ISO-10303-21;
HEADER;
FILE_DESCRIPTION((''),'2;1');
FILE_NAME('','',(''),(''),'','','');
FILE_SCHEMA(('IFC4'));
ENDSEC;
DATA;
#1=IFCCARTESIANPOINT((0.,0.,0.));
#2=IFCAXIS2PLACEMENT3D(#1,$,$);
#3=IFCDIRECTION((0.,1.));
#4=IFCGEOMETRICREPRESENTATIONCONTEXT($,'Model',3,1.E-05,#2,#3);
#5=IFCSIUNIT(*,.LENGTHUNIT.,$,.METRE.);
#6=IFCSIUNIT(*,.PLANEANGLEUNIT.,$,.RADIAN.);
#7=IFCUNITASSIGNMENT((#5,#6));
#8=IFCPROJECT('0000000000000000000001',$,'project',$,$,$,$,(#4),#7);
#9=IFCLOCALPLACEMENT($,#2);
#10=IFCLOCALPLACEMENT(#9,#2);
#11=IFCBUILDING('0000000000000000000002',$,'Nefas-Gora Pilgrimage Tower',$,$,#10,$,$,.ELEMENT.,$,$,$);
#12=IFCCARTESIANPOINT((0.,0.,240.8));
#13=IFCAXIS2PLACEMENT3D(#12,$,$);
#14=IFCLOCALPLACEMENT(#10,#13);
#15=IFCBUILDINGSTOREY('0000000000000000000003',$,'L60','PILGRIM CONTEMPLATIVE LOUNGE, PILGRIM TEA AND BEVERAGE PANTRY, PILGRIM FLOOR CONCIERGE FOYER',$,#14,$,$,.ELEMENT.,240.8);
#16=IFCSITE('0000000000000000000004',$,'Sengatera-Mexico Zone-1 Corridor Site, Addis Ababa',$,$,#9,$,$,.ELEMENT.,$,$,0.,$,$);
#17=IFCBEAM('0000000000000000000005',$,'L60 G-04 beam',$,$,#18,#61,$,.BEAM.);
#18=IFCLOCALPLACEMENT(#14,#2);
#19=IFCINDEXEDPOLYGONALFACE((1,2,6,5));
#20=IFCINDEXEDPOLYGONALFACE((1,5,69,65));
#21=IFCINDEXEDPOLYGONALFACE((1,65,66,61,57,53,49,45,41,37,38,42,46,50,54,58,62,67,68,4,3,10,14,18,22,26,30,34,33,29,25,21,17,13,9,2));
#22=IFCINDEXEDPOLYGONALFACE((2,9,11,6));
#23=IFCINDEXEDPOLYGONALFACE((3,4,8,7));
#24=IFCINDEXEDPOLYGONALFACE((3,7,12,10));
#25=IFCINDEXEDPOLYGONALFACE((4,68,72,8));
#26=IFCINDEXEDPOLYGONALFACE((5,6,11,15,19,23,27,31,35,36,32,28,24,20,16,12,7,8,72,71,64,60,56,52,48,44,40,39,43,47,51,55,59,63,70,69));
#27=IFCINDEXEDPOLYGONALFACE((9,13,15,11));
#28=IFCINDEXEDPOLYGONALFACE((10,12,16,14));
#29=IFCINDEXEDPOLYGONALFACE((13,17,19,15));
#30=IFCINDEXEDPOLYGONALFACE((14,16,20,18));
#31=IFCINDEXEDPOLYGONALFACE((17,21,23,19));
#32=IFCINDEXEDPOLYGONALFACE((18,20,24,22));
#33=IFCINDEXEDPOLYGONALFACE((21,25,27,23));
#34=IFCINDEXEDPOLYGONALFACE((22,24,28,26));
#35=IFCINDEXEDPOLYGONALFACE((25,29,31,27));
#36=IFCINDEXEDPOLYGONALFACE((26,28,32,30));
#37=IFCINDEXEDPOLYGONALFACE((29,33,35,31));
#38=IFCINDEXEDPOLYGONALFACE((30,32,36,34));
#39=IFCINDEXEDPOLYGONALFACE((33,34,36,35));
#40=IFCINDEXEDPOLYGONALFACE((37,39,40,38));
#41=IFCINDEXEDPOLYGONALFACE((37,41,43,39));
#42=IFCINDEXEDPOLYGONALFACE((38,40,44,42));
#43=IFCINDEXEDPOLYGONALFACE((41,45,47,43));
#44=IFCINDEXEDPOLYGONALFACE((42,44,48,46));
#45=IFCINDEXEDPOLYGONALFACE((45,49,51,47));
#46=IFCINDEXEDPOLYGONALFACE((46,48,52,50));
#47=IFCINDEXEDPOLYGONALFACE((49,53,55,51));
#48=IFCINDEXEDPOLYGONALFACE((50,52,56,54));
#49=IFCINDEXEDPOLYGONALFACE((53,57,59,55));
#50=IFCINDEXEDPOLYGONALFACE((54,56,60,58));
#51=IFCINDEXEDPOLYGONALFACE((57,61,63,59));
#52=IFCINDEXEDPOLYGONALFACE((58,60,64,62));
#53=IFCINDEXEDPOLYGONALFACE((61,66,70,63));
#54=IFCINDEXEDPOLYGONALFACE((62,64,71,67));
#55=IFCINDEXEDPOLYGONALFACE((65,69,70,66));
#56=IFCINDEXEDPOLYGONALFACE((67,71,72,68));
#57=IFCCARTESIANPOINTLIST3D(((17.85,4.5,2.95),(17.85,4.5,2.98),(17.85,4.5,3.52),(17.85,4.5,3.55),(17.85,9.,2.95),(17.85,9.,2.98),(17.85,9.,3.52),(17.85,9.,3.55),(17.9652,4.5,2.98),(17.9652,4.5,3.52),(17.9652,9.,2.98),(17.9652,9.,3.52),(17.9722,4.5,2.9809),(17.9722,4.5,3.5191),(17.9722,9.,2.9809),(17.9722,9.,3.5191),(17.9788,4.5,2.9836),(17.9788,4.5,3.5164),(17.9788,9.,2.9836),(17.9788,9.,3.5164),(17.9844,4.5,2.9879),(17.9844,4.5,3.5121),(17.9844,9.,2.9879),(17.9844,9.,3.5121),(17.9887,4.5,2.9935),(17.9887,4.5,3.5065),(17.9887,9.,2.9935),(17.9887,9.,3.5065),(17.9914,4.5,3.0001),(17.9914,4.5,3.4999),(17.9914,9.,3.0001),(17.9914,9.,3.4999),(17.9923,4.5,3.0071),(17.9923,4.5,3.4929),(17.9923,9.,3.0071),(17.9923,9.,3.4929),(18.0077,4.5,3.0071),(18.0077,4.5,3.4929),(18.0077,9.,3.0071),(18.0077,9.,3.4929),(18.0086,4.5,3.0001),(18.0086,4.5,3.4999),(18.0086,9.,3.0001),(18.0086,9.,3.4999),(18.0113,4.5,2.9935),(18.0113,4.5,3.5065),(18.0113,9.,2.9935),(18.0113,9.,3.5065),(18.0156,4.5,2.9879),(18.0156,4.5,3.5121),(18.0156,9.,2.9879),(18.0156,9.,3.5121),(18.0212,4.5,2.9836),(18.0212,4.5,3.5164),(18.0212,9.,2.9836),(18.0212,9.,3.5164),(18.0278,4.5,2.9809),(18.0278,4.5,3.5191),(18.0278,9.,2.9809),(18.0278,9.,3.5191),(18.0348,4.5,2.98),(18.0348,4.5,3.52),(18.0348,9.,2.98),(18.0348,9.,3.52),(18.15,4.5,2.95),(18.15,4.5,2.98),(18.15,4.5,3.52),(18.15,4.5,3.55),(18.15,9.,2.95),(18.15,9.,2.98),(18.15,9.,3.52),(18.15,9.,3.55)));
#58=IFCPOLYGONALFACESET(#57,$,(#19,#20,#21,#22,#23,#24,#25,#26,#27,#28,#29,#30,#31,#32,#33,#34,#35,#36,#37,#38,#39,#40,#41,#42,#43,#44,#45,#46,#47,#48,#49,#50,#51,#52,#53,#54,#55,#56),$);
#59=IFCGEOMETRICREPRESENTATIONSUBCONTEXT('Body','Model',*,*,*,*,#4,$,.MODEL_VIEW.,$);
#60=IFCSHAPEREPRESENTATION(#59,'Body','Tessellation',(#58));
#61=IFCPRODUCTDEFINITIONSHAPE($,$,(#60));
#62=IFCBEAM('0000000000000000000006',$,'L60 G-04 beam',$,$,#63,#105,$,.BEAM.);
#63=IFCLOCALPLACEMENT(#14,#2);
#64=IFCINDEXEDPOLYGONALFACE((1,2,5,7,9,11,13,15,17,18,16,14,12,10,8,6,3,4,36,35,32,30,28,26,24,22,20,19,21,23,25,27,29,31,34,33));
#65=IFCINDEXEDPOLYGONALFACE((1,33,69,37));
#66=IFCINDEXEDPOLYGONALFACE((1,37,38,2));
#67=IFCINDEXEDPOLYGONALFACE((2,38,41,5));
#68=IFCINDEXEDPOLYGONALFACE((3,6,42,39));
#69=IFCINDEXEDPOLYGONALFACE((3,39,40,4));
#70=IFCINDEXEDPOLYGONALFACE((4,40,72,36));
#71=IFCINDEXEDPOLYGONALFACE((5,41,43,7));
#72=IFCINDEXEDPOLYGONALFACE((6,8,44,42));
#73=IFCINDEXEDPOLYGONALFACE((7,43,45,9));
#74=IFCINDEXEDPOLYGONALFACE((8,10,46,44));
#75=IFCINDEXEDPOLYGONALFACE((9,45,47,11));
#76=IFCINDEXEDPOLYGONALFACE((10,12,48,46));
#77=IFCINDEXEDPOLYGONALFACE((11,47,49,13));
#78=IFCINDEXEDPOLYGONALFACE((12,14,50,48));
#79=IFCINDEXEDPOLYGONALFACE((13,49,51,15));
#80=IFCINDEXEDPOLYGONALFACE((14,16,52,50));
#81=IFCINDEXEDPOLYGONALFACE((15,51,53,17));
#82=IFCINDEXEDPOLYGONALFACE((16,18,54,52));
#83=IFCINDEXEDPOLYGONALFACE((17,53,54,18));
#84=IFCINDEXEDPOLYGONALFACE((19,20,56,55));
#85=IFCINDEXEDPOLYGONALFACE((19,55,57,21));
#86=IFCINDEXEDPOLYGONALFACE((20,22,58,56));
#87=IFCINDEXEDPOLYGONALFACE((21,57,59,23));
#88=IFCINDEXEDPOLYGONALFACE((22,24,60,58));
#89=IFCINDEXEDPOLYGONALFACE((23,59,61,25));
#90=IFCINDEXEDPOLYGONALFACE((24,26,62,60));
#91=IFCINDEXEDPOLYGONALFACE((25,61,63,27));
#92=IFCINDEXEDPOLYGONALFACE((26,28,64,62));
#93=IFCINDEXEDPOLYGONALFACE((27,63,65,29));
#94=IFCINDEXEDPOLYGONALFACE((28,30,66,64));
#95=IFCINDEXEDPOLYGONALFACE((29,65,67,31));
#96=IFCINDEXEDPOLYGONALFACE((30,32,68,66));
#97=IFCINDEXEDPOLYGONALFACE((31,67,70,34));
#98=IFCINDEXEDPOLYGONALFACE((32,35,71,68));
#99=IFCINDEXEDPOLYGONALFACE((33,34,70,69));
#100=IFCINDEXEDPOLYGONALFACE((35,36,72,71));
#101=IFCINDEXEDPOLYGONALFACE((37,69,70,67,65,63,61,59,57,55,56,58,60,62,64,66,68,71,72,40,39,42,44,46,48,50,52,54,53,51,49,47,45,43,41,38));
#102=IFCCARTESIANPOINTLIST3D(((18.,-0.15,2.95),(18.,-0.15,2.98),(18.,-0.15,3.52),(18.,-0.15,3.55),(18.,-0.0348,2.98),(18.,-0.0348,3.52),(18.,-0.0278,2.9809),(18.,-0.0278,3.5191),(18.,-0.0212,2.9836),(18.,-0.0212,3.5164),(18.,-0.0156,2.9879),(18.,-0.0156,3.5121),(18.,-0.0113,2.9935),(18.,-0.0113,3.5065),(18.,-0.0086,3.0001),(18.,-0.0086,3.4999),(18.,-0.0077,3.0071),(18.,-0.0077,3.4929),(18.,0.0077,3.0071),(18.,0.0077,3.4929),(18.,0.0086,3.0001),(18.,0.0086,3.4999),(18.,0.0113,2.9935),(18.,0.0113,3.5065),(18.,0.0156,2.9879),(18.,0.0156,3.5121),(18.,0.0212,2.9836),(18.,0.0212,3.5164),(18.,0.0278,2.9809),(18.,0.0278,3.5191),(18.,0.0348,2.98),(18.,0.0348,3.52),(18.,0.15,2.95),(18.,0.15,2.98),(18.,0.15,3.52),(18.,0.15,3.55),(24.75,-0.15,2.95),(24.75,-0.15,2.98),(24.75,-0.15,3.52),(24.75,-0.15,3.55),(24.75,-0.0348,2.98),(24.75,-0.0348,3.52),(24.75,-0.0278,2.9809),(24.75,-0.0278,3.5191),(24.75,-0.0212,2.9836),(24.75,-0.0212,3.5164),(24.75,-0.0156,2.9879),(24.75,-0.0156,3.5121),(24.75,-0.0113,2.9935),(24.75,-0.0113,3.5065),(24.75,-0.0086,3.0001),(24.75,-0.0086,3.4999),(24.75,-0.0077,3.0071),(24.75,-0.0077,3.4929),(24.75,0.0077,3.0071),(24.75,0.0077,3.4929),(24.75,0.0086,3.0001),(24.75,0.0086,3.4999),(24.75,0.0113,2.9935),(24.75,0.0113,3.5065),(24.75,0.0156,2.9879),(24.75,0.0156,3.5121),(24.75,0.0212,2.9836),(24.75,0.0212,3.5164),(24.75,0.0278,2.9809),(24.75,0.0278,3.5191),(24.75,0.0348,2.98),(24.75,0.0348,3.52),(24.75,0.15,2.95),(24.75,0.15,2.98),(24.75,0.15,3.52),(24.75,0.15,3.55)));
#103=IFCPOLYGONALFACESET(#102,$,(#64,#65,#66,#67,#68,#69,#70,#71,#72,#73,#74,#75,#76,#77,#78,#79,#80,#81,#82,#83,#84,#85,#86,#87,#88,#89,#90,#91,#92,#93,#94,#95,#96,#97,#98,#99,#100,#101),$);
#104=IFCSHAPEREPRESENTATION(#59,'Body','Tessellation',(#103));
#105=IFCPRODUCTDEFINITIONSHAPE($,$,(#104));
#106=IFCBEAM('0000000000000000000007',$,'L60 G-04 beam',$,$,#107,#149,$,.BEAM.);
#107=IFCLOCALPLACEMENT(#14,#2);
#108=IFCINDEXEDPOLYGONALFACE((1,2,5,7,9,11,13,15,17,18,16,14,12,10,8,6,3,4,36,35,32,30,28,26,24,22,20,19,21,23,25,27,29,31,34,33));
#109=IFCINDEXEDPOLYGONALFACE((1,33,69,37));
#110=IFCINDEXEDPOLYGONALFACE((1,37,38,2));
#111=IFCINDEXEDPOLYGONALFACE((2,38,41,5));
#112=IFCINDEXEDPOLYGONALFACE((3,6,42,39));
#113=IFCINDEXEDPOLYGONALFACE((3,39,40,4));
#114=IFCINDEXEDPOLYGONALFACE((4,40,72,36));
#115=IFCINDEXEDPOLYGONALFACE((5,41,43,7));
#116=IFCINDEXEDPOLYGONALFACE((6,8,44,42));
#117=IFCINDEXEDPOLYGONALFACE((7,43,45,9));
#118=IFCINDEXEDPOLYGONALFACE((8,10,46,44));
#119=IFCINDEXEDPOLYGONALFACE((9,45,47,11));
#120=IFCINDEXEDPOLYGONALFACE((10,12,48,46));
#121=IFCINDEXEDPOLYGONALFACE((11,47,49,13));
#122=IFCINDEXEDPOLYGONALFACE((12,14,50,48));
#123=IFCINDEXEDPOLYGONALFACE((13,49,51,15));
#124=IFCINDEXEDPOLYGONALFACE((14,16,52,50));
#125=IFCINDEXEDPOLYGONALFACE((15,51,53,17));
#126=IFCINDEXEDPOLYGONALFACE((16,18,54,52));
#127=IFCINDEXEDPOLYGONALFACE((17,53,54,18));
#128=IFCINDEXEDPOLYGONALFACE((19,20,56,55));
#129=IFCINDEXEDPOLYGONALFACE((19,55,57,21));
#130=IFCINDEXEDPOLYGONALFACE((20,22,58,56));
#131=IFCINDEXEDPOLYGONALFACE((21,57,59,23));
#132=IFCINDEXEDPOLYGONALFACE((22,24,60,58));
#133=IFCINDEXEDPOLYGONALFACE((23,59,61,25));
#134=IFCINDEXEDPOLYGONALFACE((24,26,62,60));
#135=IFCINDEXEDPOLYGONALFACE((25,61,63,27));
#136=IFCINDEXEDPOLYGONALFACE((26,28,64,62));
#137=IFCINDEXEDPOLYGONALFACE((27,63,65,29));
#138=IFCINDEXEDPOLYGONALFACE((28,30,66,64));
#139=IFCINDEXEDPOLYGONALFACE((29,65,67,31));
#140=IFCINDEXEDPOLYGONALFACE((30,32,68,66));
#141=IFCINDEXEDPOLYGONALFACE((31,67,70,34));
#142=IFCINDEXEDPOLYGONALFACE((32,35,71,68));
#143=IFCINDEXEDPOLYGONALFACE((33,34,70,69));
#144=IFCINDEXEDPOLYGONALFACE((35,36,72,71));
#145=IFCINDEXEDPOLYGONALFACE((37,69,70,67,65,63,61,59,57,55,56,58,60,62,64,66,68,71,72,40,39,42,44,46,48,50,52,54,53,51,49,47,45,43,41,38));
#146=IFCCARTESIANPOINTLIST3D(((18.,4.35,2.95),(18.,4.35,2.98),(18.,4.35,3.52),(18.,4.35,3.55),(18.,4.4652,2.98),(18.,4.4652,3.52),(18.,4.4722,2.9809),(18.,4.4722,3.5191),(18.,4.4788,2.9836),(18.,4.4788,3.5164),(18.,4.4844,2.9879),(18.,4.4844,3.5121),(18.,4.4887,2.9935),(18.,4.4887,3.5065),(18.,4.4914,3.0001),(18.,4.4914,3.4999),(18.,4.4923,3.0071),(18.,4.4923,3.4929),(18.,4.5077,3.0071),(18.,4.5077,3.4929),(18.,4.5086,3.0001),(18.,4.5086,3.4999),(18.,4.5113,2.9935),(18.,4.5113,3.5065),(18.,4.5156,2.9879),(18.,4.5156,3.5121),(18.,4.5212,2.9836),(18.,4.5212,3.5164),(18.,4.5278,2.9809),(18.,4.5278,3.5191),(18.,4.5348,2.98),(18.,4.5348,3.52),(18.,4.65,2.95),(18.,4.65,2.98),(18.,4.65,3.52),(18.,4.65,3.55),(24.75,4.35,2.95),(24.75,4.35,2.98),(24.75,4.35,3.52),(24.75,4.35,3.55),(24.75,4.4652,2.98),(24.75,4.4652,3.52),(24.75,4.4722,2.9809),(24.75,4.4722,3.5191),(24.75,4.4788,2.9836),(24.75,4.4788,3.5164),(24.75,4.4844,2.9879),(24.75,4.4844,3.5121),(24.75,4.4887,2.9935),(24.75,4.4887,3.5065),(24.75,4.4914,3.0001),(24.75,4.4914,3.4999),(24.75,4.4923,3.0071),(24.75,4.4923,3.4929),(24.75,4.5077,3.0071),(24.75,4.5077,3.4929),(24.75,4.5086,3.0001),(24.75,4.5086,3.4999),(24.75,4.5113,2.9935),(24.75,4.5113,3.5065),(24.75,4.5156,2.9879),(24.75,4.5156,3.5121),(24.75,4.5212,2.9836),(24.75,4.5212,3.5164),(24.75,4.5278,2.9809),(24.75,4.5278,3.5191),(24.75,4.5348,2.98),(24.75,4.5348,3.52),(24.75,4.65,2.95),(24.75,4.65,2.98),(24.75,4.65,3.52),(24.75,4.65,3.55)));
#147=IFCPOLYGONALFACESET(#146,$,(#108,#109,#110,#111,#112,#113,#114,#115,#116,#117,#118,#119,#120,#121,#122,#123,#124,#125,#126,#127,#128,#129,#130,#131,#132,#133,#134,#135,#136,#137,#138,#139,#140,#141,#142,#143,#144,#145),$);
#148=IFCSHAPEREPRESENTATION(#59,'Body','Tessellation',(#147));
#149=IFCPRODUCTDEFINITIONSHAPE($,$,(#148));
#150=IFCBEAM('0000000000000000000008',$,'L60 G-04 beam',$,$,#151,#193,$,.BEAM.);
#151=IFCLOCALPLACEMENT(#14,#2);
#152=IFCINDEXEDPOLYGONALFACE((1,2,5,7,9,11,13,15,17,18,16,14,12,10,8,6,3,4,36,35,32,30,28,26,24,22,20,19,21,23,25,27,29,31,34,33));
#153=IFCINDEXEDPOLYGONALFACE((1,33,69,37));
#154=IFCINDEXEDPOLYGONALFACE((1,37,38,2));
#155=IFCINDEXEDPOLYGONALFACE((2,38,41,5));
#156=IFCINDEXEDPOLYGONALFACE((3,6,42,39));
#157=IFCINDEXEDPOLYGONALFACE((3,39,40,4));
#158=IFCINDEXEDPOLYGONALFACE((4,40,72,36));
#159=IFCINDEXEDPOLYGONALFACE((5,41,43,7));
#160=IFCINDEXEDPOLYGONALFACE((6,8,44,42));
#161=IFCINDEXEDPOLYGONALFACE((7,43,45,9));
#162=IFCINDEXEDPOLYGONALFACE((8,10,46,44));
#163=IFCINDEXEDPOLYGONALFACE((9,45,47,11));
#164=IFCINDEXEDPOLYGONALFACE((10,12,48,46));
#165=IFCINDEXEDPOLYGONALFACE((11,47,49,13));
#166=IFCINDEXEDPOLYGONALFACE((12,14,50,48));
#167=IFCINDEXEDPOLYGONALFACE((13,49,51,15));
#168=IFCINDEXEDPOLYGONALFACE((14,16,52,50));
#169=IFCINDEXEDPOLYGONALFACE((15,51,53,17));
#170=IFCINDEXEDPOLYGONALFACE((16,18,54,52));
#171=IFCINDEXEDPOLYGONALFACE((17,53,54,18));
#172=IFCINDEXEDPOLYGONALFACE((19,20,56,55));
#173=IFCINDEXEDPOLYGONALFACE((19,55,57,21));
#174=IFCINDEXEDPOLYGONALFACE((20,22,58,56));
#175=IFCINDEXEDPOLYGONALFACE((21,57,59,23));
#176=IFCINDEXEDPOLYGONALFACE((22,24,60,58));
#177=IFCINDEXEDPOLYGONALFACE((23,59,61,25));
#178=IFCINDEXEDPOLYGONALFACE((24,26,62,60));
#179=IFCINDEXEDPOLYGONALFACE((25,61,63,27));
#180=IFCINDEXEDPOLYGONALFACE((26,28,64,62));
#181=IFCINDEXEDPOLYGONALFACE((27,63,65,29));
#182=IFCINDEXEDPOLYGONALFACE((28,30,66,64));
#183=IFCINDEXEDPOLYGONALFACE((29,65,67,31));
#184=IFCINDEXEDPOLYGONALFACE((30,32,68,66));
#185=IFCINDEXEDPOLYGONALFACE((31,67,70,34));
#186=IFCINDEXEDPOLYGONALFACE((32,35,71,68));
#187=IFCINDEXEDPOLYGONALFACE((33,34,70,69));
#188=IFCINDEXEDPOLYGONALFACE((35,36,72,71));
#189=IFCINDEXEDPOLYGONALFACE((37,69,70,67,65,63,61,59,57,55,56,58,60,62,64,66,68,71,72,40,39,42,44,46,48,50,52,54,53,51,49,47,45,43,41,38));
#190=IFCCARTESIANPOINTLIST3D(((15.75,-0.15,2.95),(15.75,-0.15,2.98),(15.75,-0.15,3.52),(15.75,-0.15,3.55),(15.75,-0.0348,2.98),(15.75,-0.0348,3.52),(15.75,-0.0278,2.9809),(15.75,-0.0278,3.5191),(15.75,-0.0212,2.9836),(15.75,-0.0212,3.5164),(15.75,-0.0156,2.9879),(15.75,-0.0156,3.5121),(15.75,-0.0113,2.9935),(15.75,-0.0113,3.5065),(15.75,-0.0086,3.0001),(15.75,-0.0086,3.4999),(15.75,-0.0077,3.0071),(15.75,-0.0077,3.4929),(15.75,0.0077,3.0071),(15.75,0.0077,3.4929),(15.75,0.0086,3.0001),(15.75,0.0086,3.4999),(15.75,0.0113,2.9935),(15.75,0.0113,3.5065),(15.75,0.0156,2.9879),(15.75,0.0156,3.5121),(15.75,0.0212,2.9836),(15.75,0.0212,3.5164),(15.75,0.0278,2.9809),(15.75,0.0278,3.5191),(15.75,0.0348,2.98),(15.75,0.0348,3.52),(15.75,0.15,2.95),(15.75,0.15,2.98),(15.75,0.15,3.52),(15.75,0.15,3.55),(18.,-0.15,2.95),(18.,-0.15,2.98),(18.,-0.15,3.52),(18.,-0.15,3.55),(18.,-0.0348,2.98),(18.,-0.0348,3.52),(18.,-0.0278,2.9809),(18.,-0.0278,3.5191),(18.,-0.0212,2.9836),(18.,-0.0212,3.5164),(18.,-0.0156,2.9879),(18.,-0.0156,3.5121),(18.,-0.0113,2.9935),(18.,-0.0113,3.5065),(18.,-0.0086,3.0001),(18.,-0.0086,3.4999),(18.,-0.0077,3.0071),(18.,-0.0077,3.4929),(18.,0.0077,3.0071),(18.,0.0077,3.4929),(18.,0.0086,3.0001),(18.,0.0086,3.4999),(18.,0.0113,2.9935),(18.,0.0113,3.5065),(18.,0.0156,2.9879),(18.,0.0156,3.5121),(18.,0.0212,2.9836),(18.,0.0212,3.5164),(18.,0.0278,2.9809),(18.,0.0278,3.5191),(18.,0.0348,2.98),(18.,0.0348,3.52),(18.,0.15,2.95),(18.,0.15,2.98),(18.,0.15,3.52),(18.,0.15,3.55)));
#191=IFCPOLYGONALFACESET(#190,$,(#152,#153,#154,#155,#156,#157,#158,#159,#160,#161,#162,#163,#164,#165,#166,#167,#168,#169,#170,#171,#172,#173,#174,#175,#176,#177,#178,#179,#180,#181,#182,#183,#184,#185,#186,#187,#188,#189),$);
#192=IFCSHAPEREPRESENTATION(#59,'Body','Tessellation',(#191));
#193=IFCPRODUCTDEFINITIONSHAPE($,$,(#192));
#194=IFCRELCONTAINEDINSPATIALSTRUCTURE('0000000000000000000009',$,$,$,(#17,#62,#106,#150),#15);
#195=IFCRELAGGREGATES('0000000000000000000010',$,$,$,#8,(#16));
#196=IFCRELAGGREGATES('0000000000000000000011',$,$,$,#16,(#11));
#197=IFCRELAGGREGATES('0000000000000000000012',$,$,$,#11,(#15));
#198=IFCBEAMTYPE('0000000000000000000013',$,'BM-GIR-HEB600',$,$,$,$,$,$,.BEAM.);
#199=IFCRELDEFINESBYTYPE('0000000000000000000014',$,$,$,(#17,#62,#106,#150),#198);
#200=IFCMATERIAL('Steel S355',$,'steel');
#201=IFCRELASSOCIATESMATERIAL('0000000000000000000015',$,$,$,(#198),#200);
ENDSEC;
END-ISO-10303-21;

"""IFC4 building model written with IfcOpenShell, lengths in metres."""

from ifc_helpers import new_model, si_unit, direction, frame, origin, origin_2d, place, context, subcontext, project, spatial, i_section, extrude, source, transform, mapped, material, material_profile, profile_set, type_object, element, save


model = new_model("IFC4")

# Units and contexts
model_context = context("Model", 3, precision=1e-05, world=origin(), true_north=direction((0.0, 1.0)))
body_context = subcontext(model_context, "Body", "Model", "MODEL_VIEW")
ifc_project = project(units=[si_unit("LENGTHUNIT", "METRE"), si_unit("PLANEANGLEUNIT", "RADIAN")], contexts=[model_context])

# Site, building, storey
site_placement = place(None, origin())
site = spatial("IfcSite", under=ifc_project, at=site_placement, Name="Sengatera-Mexico Zone-1 Corridor Site, Addis Ababa", CompositionType="ELEMENT", RefElevation=0.0)
building_placement = place(site_placement, origin())
building = spatial("IfcBuilding", under=site, at=building_placement, Name="Nefas-Gora Pilgrimage Tower", CompositionType="ELEMENT")
storey_placement = place(building_placement, frame((0.0, 0.0, 240.8)))
storey = spatial("IfcBuildingStorey", under=building, at=storey_placement, Name="L60", Description="PILGRIM CONTEMPLATIVE LOUNGE, PILGRIM TEA AND BEVERAGE PANTRY, PILGRIM FLOOR CONCIERGE FOYER", CompositionType="ELEMENT", Elevation=240.8)

# Beams
ifc_material_1 = material(Name="Steel S355", Category="steel")
ifc_material_profile_1 = material_profile(ifc_material_1, i_section(OverallWidth=0.3, OverallDepth=0.6001, WebThickness=0.0154, FlangeThickness=0.03, FilletRadius=0.0271, at=origin_2d()), Name="HEB 600")
ifc_profile_set_1 = profile_set([ifc_material_profile_1], Name="Steel S355")
beam_type_1 = type_object("IfcBeamType", Name="BM-GIR-HEB600", PredefinedType="BEAM", material=ifc_profile_set_1)
shared_shape_1 = source(origin(), body_context, "Body", "SweptSolid", [
    extrude(i_section(OverallWidth=0.3, OverallDepth=0.6001, WebThickness=0.0154, FlangeThickness=0.03, FilletRadius=0.0271, at=origin_2d()), origin(), (0.0, 0.0, 1.0), 4.5),
])
for number, where, z_axis, x_axis, name in (
    (1, (18.0, 4.5, 3.25), (0.0, 1.0, 0.0), (-1.0, 0.0, 0.0), "L60 G-04 beam"),
):
    element("IfcBeam", number, at=place(storey_placement, frame(where, z_axis=z_axis, x_axis=x_axis)), inside=storey, type_object=beam_type_1, Name=name, PredefinedType="BEAM", context=body_context, shape_type="MappedRepresentation", body=[
        mapped(shared_shape_1, transform((0.0, 0.0, 0.0), x_axis=(1.0, 0.0, 0.0), y_axis=(0.0, 1.0, 0.0), z_axis=(0.0, 0.0, 1.0), scale=1.0)),
    ])
shared_shape_2 = source(origin(), body_context, "Body", "SweptSolid", [
    extrude(i_section(OverallWidth=0.3, OverallDepth=0.6001, WebThickness=0.0154, FlangeThickness=0.03, FilletRadius=0.0271, at=origin_2d()), origin(), (0.0, 0.0, 1.0), 6.75),
])
for number, where, z_axis, x_axis, name in (
    (2, (18.0, 0.0, 3.25), (1.0, 0.0, 0.0), (0.0, 1.0, 0.0), "L60 G-04 beam"),
    (3, (18.0, 4.5, 3.25), (1.0, 0.0, 0.0), (0.0, 1.0, 0.0), "L60 G-04 beam"),
):
    element("IfcBeam", number, at=place(storey_placement, frame(where, z_axis=z_axis, x_axis=x_axis)), inside=storey, type_object=beam_type_1, Name=name, PredefinedType="BEAM", context=body_context, shape_type="MappedRepresentation", body=[
        mapped(shared_shape_2, transform((0.0, 0.0, 0.0), x_axis=(1.0, 0.0, 0.0), y_axis=(0.0, 1.0, 0.0), z_axis=(0.0, 0.0, 1.0), scale=1.0)),
    ])
shared_shape_3 = source(origin(), body_context, "Body", "SweptSolid", [
    extrude(i_section(OverallWidth=0.3, OverallDepth=0.6001, WebThickness=0.0154, FlangeThickness=0.03, FilletRadius=0.0271, at=origin_2d()), origin(), (0.0, 0.0, 1.0), 2.25),
])
for number, where, z_axis, x_axis, name in (
    (4, (15.75, 0.0, 3.25), (1.0, 0.0, 0.0), (0.0, 1.0, 0.0), "L60 G-04 beam"),
):
    element("IfcBeam", number, at=place(storey_placement, frame(where, z_axis=z_axis, x_axis=x_axis)), inside=storey, type_object=beam_type_1, Name=name, PredefinedType="BEAM", context=body_context, shape_type="MappedRepresentation", body=[
        mapped(shared_shape_3, transform((0.0, 0.0, 0.0), x_axis=(1.0, 0.0, 0.0), y_axis=(0.0, 1.0, 0.0), z_axis=(0.0, 0.0, 1.0), scale=1.0)),
    ])

save(model, "model.ifc")
